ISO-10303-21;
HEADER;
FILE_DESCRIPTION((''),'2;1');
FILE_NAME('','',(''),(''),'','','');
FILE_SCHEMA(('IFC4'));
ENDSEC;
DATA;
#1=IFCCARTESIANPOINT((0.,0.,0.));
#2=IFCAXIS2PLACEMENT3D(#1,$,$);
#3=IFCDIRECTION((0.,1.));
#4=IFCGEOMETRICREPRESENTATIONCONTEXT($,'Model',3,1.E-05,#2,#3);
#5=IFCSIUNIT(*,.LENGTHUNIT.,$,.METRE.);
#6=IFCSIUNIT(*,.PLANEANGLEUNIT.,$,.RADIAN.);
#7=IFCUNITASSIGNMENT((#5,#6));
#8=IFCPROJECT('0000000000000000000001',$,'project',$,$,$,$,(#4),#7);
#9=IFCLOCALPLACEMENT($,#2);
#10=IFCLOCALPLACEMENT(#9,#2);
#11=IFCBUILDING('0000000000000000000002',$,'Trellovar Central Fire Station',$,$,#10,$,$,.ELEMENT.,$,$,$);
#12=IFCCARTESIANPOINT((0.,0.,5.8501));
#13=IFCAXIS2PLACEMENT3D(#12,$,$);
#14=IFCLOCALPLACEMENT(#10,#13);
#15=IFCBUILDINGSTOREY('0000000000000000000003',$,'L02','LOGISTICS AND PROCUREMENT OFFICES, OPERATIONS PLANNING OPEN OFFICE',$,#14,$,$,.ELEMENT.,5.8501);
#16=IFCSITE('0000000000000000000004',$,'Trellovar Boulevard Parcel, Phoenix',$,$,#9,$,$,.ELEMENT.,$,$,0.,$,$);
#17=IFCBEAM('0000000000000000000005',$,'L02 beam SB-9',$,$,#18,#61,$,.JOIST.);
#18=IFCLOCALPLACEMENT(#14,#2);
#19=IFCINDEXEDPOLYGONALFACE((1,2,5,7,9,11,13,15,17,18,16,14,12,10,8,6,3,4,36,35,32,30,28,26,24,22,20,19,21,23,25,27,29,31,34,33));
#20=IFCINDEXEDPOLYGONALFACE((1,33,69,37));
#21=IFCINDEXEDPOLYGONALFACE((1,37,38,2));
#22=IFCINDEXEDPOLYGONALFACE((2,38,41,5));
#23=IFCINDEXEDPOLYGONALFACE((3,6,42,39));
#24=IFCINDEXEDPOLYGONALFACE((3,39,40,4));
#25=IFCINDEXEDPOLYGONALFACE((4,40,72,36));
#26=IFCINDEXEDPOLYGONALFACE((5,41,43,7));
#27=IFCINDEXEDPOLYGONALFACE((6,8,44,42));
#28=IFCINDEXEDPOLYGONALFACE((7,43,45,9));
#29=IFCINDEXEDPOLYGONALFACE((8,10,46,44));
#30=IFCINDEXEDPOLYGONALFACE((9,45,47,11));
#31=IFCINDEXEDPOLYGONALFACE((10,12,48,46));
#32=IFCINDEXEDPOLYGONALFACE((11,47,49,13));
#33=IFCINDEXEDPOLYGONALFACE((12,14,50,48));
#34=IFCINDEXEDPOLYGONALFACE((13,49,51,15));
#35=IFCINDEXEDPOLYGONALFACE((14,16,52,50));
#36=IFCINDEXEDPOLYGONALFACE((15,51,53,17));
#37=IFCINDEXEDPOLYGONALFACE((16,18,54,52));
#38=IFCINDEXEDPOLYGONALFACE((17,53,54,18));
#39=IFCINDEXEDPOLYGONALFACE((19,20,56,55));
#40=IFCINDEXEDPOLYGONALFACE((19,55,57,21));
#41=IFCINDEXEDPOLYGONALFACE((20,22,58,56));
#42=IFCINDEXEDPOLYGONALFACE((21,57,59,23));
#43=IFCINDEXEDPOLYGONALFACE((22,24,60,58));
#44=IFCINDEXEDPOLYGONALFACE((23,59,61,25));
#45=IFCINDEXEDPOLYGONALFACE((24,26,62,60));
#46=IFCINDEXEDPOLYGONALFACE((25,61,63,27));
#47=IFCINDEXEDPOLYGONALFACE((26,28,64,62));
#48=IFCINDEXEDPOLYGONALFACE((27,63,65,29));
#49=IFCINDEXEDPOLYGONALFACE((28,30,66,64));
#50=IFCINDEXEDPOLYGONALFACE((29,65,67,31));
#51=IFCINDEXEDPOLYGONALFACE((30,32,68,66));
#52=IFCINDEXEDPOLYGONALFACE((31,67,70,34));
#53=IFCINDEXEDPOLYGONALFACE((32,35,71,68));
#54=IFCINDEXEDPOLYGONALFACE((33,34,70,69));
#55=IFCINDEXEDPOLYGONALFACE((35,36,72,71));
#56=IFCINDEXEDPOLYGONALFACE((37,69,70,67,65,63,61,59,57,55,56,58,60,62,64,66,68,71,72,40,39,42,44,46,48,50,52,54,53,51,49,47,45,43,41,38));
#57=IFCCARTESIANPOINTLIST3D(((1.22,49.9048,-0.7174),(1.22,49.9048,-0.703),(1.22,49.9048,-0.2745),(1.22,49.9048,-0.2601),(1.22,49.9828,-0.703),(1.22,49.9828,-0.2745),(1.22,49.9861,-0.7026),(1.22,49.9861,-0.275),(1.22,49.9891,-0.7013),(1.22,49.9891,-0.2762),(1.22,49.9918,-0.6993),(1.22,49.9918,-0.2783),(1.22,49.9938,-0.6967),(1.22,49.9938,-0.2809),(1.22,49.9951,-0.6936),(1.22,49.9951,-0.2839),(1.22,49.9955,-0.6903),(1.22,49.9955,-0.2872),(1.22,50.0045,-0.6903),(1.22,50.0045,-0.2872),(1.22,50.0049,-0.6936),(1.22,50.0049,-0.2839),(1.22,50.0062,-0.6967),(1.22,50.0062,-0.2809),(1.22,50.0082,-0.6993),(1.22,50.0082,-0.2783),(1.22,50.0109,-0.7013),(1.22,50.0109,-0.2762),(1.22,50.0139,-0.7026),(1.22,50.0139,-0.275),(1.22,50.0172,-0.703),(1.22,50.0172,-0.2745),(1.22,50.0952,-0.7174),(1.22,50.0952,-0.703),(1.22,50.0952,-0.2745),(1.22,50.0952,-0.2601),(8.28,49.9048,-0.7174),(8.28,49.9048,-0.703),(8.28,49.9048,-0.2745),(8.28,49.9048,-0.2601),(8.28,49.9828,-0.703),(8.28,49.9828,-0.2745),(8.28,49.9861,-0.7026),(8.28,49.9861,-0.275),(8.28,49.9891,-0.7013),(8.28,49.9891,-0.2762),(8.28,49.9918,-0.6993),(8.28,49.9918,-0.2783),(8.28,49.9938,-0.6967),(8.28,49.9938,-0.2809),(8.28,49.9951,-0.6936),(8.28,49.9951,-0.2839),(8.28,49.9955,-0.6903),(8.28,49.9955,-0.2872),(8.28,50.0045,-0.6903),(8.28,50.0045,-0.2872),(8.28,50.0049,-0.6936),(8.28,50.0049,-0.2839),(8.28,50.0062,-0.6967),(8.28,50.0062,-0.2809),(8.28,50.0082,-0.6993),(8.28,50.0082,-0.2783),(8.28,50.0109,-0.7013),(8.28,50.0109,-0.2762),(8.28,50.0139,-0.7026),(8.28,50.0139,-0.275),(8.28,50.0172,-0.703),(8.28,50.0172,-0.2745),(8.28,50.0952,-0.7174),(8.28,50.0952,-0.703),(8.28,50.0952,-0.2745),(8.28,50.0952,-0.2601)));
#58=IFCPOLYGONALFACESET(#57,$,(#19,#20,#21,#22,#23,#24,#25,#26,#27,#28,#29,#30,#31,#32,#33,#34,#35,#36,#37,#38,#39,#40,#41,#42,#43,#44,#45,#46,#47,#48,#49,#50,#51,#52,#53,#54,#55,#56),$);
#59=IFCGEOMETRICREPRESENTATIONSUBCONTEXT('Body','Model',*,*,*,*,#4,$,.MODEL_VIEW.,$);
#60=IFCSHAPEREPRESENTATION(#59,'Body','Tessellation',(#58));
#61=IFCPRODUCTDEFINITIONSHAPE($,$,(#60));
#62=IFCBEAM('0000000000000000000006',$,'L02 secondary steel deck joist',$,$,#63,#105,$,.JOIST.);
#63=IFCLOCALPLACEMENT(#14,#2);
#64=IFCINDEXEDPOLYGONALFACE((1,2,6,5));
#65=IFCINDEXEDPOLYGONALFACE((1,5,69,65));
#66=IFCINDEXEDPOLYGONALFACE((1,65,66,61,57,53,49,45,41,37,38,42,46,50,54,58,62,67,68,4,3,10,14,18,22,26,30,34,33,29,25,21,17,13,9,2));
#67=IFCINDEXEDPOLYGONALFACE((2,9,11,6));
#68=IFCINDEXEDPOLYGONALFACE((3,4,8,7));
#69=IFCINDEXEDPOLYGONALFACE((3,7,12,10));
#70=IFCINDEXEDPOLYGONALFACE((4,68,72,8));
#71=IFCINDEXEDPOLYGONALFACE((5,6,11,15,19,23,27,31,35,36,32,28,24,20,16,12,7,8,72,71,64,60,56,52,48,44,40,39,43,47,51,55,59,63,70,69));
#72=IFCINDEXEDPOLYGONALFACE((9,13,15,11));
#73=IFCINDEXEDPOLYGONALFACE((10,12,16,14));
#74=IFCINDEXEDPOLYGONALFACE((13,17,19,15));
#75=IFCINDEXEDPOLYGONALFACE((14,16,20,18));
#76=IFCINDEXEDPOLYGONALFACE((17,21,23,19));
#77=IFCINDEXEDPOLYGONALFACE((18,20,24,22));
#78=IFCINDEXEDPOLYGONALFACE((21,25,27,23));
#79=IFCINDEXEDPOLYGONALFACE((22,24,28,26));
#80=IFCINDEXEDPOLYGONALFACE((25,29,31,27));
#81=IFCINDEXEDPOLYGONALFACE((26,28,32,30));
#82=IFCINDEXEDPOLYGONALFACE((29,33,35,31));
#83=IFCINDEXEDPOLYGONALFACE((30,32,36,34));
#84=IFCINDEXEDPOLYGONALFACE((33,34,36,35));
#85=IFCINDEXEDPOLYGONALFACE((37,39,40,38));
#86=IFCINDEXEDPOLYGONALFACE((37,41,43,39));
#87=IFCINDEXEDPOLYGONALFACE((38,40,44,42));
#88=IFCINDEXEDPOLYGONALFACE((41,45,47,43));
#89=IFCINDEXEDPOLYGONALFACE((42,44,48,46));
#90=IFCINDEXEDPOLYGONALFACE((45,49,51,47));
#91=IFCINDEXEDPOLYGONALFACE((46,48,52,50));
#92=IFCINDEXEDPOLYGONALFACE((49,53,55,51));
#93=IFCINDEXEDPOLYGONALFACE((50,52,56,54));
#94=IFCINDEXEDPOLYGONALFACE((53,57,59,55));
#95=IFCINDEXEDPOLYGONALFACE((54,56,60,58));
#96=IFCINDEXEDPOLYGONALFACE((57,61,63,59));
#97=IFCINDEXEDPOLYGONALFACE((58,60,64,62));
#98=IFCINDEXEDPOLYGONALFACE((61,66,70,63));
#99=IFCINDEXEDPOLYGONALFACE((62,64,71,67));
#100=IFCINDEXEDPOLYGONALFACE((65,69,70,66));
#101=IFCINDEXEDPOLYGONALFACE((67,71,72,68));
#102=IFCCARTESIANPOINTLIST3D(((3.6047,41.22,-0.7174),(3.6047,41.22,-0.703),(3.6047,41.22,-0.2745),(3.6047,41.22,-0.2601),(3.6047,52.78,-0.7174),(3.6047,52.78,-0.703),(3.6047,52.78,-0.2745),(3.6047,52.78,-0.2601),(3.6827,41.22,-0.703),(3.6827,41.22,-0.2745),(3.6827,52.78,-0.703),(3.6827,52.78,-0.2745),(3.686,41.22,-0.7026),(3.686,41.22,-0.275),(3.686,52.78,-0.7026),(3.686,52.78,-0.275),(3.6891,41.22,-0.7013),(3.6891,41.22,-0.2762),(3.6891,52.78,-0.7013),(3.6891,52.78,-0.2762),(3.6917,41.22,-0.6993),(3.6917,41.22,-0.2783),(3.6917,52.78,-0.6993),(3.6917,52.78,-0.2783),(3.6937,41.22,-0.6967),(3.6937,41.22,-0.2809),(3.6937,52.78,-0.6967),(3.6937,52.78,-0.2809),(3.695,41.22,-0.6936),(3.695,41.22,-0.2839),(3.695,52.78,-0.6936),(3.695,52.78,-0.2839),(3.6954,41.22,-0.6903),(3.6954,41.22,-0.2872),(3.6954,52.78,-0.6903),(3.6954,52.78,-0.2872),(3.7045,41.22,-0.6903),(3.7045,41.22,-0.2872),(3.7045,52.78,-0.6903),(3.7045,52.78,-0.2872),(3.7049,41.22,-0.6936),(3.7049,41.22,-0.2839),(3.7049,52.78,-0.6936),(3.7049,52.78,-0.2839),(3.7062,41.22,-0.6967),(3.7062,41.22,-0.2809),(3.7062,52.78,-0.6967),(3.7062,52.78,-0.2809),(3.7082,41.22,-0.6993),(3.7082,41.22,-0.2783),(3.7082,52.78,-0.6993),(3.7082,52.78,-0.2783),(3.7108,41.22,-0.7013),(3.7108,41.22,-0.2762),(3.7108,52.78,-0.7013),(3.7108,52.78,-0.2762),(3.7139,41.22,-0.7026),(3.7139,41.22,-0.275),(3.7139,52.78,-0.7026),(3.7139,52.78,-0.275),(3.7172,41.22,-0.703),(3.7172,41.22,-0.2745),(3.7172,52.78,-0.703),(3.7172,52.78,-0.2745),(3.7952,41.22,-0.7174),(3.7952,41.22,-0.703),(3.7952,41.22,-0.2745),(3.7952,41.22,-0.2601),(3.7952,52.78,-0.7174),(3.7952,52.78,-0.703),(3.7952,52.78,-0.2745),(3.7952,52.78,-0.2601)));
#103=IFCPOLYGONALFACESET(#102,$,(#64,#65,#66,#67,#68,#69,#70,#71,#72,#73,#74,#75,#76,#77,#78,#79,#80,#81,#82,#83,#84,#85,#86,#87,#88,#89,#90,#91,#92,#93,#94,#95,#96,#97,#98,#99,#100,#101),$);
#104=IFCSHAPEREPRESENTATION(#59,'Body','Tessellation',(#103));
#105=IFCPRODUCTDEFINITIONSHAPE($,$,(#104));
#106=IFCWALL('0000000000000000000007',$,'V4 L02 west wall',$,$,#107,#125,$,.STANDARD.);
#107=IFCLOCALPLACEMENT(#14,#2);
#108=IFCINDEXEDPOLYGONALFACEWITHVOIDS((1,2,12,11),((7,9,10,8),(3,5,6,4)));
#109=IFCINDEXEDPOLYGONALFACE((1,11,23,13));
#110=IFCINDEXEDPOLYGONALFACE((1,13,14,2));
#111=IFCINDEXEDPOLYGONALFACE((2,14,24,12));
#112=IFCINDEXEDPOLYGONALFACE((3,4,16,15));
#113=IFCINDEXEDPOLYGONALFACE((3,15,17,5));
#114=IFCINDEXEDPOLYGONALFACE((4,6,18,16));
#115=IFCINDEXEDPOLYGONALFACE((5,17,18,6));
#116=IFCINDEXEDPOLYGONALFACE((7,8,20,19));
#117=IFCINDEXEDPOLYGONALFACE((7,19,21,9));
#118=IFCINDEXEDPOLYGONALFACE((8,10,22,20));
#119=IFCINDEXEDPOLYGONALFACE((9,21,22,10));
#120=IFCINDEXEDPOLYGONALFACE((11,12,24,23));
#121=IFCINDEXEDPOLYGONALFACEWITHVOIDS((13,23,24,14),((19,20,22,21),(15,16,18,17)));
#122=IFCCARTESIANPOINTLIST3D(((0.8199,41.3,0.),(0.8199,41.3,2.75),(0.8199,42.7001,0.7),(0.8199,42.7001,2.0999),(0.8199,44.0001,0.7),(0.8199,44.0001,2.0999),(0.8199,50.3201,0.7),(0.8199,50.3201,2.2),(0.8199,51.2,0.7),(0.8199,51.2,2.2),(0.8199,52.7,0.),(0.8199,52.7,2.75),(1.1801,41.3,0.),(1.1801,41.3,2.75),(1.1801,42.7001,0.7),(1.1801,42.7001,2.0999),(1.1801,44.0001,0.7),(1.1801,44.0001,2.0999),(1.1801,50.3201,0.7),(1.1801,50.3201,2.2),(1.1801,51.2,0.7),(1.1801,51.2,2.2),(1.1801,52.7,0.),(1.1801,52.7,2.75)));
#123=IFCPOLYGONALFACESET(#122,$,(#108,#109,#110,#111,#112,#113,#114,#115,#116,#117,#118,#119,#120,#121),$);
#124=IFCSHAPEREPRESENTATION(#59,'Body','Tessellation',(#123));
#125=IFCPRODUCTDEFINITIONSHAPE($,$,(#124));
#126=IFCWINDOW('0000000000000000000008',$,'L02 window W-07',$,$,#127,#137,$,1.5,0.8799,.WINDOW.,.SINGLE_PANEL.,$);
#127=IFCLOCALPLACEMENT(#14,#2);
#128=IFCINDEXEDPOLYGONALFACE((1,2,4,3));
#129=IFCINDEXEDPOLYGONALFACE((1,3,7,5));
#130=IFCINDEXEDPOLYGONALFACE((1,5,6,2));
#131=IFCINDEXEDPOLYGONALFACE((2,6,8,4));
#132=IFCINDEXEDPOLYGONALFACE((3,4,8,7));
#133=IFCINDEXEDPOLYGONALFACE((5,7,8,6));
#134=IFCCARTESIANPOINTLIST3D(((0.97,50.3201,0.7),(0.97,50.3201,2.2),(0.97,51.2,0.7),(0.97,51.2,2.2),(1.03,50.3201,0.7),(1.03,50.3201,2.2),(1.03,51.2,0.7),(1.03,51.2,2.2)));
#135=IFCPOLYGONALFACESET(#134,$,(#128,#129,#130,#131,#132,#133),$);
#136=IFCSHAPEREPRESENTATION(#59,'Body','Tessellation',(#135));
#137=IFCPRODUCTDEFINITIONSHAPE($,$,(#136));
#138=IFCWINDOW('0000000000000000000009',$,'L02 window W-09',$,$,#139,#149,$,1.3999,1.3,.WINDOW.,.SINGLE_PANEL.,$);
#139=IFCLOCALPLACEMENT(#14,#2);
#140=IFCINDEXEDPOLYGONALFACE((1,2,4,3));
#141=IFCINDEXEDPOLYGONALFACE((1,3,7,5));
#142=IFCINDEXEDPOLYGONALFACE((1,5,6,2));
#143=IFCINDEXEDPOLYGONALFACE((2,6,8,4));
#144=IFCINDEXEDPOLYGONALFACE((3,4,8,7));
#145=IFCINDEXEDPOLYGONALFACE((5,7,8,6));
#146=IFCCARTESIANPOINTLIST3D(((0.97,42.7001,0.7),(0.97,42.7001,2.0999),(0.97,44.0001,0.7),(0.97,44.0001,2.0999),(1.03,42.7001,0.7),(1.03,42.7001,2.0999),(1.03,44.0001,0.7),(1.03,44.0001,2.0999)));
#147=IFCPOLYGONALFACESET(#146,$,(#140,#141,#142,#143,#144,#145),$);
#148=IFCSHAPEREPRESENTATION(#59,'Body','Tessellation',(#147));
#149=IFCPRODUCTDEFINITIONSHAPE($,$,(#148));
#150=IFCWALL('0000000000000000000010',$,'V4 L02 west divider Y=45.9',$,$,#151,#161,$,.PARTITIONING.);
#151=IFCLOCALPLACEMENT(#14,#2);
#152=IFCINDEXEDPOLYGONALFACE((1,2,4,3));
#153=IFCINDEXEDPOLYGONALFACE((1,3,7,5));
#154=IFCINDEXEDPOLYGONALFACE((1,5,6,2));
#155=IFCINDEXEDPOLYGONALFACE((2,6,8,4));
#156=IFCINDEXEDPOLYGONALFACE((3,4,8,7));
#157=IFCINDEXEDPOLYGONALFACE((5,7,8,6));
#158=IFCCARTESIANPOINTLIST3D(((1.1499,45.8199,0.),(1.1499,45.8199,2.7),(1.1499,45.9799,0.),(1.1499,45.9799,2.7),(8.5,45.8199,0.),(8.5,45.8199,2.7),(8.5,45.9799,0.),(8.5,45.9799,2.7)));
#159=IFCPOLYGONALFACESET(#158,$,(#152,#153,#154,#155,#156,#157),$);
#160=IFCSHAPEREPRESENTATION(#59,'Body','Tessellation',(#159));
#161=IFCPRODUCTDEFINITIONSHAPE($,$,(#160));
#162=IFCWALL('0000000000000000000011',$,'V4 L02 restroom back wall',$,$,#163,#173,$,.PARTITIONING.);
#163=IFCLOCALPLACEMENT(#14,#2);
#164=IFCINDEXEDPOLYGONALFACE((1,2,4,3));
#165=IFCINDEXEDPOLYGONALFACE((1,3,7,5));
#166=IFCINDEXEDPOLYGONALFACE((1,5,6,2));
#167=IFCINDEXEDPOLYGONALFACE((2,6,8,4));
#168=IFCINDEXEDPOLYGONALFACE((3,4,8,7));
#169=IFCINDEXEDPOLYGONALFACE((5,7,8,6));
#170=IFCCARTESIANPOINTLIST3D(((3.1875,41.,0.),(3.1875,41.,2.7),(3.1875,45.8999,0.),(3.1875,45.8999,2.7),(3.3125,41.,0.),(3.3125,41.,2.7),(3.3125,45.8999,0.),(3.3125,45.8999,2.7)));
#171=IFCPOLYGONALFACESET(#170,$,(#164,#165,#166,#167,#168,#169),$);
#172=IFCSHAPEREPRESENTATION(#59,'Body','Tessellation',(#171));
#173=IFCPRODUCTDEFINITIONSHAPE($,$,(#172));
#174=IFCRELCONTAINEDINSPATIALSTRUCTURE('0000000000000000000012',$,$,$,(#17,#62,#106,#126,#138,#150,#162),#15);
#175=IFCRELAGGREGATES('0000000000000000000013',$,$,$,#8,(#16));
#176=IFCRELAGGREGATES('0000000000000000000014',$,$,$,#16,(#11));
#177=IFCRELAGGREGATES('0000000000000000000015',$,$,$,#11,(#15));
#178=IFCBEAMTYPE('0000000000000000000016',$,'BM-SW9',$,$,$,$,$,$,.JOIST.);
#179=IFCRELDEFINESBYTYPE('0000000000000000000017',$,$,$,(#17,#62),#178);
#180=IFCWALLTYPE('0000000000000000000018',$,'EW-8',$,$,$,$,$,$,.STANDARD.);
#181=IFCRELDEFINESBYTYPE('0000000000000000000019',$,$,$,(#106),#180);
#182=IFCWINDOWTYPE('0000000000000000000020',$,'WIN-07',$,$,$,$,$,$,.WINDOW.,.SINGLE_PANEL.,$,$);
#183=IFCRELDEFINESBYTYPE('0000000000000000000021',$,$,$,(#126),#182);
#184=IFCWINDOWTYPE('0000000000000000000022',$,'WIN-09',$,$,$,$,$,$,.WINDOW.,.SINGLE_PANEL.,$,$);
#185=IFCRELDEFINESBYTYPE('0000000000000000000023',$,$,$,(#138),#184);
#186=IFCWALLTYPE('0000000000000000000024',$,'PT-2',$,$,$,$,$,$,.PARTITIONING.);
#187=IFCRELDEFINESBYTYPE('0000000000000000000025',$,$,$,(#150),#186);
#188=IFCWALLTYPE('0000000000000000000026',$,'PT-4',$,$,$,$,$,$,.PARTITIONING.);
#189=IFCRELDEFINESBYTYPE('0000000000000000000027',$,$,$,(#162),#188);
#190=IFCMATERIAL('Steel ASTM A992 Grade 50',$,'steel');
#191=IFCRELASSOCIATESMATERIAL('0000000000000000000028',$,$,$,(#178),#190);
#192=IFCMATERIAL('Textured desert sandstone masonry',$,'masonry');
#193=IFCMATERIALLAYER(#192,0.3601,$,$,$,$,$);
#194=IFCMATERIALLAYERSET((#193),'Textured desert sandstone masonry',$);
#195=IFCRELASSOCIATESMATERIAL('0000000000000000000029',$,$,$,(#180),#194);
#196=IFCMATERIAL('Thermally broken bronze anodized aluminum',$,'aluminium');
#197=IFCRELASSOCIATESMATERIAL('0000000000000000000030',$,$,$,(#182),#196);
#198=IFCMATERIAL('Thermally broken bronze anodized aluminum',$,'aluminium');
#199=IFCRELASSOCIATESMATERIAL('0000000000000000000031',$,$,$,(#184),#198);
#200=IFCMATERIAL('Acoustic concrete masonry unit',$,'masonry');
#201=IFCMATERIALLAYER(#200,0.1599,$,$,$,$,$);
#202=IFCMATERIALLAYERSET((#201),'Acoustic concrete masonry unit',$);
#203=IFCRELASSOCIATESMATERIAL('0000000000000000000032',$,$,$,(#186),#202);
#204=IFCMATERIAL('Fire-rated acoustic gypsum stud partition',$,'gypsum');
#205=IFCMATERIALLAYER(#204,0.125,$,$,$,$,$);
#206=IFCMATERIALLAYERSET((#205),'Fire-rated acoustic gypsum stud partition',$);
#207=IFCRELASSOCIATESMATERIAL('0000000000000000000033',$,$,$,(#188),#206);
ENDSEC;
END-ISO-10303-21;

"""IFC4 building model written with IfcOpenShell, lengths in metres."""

from ifc_helpers import new_model, si_unit, direction, frame, frame_2d, origin, origin_2d, place, context, subcontext, project, spatial, rectangle, i_section, extrude, material, layer, layer_set, material_profile, profile_set, type_object, element, fill, save


model = new_model("IFC4")

# Units and contexts
model_context = context("Model", 3, precision=1e-05, world=origin(), true_north=direction((0.0, 1.0)))
body_context = subcontext(model_context, "Body", "Model", "MODEL_VIEW")
ifc_project = project(units=[si_unit("LENGTHUNIT", "METRE"), si_unit("PLANEANGLEUNIT", "RADIAN")], contexts=[model_context])

# Site, building, storey
site_placement = place(None, origin())
site = spatial("IfcSite", under=ifc_project, at=site_placement, Name="Trellovar Boulevard Parcel, Phoenix", CompositionType="ELEMENT", RefElevation=0.0)
building_placement = place(site_placement, origin())
building = spatial("IfcBuilding", under=site, at=building_placement, Name="Trellovar Central Fire Station", CompositionType="ELEMENT")
storey_placement = place(building_placement, frame((0.0, 0.0, 5.8501)))
storey = spatial("IfcBuildingStorey", under=building, at=storey_placement, Name="L02", Description="LOGISTICS AND PROCUREMENT OFFICES, OPERATIONS PLANNING OPEN OFFICE", CompositionType="ELEMENT", Elevation=5.8501)

# Beams
ifc_material_1 = material(Name="Steel ASTM A992 Grade 50", Category="steel")
ifc_material_profile_1 = material_profile(ifc_material_1, i_section(OverallWidth=0.1904, OverallDepth=0.4573, WebThickness=0.009, FlangeThickness=0.0144, FilletRadius=0.0127, at=origin_2d()), Name="W18X50")
ifc_profile_set_1 = profile_set([ifc_material_profile_1], Name="Steel ASTM A992 Grade 50")
beam_type_1 = type_object("IfcBeamType", Name="BM-SW9", PredefinedType="JOIST", material=ifc_profile_set_1)
for number, where, z_axis, x_axis, name in (
    (1, (1.22, 50.0, -0.4888), (1.0, 0.0, 0.0), (0.0, 1.0, 0.0), "L02 beam SB-9"),
):
    element("IfcBeam", number, at=place(storey_placement, frame(where, z_axis=z_axis, x_axis=x_axis)), inside=storey, type_object=beam_type_1, Name=name, PredefinedType="JOIST", context=body_context, shape_type="SweptSolid", body=[
        extrude(i_section(OverallWidth=0.1904, OverallDepth=0.4573, WebThickness=0.009, FlangeThickness=0.0144, FilletRadius=0.0127, at=origin_2d()), origin(), (0.0, 0.0, 1.0), 7.0601),
    ])
beam_1_placement = place(storey_placement, frame((3.7, 41.22, -0.4888), z_axis=(0.0, 1.0, 0.0), x_axis=(-1.0, 0.0, 0.0)))
element("IfcBeam", 2, at=beam_1_placement, inside=storey, type_object=beam_type_1, Name="L02 secondary steel deck joist", PredefinedType="JOIST", context=body_context, shape_type="SweptSolid", body=[
    extrude(i_section(OverallWidth=0.1904, OverallDepth=0.4573, WebThickness=0.009, FlangeThickness=0.0144, FilletRadius=0.0127, at=origin_2d()), origin(), (0.0, 0.0, 1.0), 11.5601),
])

# Wall, openings, windows
ifc_material_2 = material(Name="Textured desert sandstone masonry", Category="masonry")
ifc_layer_1 = layer(ifc_material_2, 0.3601)
ifc_layer_set_1 = layer_set([ifc_layer_1], Name="Textured desert sandstone masonry")
wall_type_1 = type_object("IfcWallType", Name="EW-8", PredefinedType="STANDARD", material=ifc_layer_set_1)
wall_1_placement = place(storey_placement, frame((1.0, 52.7, 0.0), z_axis=(0.0, 0.0, 1.0), x_axis=(0.0, -1.0, 0.0)))
wall_1 = element("IfcWall", 3, at=wall_1_placement, inside=storey, type_object=wall_type_1, Name="V4 L02 west wall", PredefinedType="STANDARD", context=body_context, shape_type="SweptSolid", body=[
    extrude(rectangle(XDim=11.3999, YDim=0.3601, at=frame_2d((5.7, 0.0))), origin(), (0.0, 0.0, 1.0), 2.75),
])
opening_1_placement = place(wall_1_placement, frame((1.5, 0.0, 0.7)))
opening_1 = element("IfcOpeningElement", 4, at=opening_1_placement, cuts=wall_1, PredefinedType="OPENING", context=body_context, shape_type="SweptSolid", body=[
    extrude(rectangle(XDim=0.8799, YDim=1.5, at=frame_2d((0.4399, 0.75))), frame((0.0, 0.1899, 0.0), z_axis=(0.0, -1.0, 0.0), x_axis=(1.0, 0.0, 0.0)), (0.0, 0.0, 1.0), 0.3801),
])
opening_2_placement = place(wall_1_placement, frame((8.7, 0.0, 0.7)))
opening_2 = element("IfcOpeningElement", 5, at=opening_2_placement, cuts=wall_1, PredefinedType="OPENING", context=body_context, shape_type="SweptSolid", body=[
    extrude(rectangle(XDim=1.3, YDim=1.3999, at=frame_2d((0.6499, 0.7))), frame((0.0, 0.1899, 0.0), z_axis=(0.0, -1.0, 0.0), x_axis=(1.0, 0.0, 0.0)), (0.0, 0.0, 1.0), 0.3801),
])
ifc_material_3 = material(Name="Thermally broken bronze anodized aluminum", Category="aluminium")
window_type_1 = type_object("IfcWindowType", Name="WIN-07", PartitioningType="SINGLE_PANEL", PredefinedType="WINDOW", material=ifc_material_3)
window_1_placement = place(opening_1_placement, origin())
window_1 = element("IfcWindow", 6, at=window_1_placement, inside=storey, type_object=window_type_1, Name="L02 window W-07", OverallHeight=1.5, OverallWidth=0.8799, PartitioningType="SINGLE_PANEL", PredefinedType="WINDOW", context=body_context, shape_type="SweptSolid", body=[
    extrude(rectangle(XDim=0.8799, YDim=1.5, at=frame_2d((0.4399, 0.75))), frame((0.0, 0.03, 0.0), z_axis=(0.0, -1.0, 0.0), x_axis=(1.0, 0.0, 0.0)), (0.0, 0.0, 1.0), 0.0601),
])
fill(opening_1, window_1)
ifc_material_4 = material(Name="Thermally broken bronze anodized aluminum", Category="aluminium")
window_type_2 = type_object("IfcWindowType", Name="WIN-09", PartitioningType="SINGLE_PANEL", PredefinedType="WINDOW", material=ifc_material_4)
window_2_placement = place(opening_2_placement, origin())
window_2 = element("IfcWindow", 7, at=window_2_placement, inside=storey, type_object=window_type_2, Name="L02 window W-09", OverallHeight=1.3999, OverallWidth=1.3, PartitioningType="SINGLE_PANEL", PredefinedType="WINDOW", context=body_context, shape_type="SweptSolid", body=[
    extrude(rectangle(XDim=1.3, YDim=1.3999, at=frame_2d((0.6499, 0.7))), frame((0.0, 0.03, 0.0), z_axis=(0.0, -1.0, 0.0), x_axis=(1.0, 0.0, 0.0)), (0.0, 0.0, 1.0), 0.0601),
])
fill(opening_2, window_2)

# Walls
ifc_material_5 = material(Name="Acoustic concrete masonry unit", Category="masonry")
ifc_layer_2 = layer(ifc_material_5, 0.1599)
ifc_layer_set_2 = layer_set([ifc_layer_2], Name="Acoustic concrete masonry unit")
wall_type_2 = type_object("IfcWallType", Name="PT-2", PredefinedType="PARTITIONING", material=ifc_layer_set_2)
wall_2_placement = place(storey_placement, frame((1.1499, 45.8999, 0.0), z_axis=(0.0, 0.0, 1.0), x_axis=(1.0, 0.0, 0.0)))
element("IfcWall", 8, at=wall_2_placement, inside=storey, type_object=wall_type_2, Name="V4 L02 west divider Y=45.9", PredefinedType="PARTITIONING", context=body_context, shape_type="SweptSolid", body=[
    extrude(rectangle(XDim=7.3501, YDim=0.1599, at=frame_2d((3.675, 0.0))), origin(), (0.0, 0.0, 1.0), 2.7),
])
ifc_material_6 = material(Name="Fire-rated acoustic gypsum stud partition", Category="gypsum")
ifc_layer_3 = layer(ifc_material_6, 0.125)
ifc_layer_set_3 = layer_set([ifc_layer_3], Name="Fire-rated acoustic gypsum stud partition")
wall_type_3 = type_object("IfcWallType", Name="PT-4", PredefinedType="PARTITIONING", material=ifc_layer_set_3)
wall_3_placement = place(storey_placement, frame((3.25, 41.0, 0.0), z_axis=(0.0, 0.0, 1.0), x_axis=(0.0, 1.0, 0.0)))
element("IfcWall", 9, at=wall_3_placement, inside=storey, type_object=wall_type_3, Name="V4 L02 restroom back wall", PredefinedType="PARTITIONING", context=body_context, shape_type="SweptSolid", body=[
    extrude(rectangle(XDim=4.8999, YDim=0.125, at=frame_2d((2.45, 0.0))), origin(), (0.0, 0.0, 1.0), 2.7),
])

save(model, "model.ifc")
